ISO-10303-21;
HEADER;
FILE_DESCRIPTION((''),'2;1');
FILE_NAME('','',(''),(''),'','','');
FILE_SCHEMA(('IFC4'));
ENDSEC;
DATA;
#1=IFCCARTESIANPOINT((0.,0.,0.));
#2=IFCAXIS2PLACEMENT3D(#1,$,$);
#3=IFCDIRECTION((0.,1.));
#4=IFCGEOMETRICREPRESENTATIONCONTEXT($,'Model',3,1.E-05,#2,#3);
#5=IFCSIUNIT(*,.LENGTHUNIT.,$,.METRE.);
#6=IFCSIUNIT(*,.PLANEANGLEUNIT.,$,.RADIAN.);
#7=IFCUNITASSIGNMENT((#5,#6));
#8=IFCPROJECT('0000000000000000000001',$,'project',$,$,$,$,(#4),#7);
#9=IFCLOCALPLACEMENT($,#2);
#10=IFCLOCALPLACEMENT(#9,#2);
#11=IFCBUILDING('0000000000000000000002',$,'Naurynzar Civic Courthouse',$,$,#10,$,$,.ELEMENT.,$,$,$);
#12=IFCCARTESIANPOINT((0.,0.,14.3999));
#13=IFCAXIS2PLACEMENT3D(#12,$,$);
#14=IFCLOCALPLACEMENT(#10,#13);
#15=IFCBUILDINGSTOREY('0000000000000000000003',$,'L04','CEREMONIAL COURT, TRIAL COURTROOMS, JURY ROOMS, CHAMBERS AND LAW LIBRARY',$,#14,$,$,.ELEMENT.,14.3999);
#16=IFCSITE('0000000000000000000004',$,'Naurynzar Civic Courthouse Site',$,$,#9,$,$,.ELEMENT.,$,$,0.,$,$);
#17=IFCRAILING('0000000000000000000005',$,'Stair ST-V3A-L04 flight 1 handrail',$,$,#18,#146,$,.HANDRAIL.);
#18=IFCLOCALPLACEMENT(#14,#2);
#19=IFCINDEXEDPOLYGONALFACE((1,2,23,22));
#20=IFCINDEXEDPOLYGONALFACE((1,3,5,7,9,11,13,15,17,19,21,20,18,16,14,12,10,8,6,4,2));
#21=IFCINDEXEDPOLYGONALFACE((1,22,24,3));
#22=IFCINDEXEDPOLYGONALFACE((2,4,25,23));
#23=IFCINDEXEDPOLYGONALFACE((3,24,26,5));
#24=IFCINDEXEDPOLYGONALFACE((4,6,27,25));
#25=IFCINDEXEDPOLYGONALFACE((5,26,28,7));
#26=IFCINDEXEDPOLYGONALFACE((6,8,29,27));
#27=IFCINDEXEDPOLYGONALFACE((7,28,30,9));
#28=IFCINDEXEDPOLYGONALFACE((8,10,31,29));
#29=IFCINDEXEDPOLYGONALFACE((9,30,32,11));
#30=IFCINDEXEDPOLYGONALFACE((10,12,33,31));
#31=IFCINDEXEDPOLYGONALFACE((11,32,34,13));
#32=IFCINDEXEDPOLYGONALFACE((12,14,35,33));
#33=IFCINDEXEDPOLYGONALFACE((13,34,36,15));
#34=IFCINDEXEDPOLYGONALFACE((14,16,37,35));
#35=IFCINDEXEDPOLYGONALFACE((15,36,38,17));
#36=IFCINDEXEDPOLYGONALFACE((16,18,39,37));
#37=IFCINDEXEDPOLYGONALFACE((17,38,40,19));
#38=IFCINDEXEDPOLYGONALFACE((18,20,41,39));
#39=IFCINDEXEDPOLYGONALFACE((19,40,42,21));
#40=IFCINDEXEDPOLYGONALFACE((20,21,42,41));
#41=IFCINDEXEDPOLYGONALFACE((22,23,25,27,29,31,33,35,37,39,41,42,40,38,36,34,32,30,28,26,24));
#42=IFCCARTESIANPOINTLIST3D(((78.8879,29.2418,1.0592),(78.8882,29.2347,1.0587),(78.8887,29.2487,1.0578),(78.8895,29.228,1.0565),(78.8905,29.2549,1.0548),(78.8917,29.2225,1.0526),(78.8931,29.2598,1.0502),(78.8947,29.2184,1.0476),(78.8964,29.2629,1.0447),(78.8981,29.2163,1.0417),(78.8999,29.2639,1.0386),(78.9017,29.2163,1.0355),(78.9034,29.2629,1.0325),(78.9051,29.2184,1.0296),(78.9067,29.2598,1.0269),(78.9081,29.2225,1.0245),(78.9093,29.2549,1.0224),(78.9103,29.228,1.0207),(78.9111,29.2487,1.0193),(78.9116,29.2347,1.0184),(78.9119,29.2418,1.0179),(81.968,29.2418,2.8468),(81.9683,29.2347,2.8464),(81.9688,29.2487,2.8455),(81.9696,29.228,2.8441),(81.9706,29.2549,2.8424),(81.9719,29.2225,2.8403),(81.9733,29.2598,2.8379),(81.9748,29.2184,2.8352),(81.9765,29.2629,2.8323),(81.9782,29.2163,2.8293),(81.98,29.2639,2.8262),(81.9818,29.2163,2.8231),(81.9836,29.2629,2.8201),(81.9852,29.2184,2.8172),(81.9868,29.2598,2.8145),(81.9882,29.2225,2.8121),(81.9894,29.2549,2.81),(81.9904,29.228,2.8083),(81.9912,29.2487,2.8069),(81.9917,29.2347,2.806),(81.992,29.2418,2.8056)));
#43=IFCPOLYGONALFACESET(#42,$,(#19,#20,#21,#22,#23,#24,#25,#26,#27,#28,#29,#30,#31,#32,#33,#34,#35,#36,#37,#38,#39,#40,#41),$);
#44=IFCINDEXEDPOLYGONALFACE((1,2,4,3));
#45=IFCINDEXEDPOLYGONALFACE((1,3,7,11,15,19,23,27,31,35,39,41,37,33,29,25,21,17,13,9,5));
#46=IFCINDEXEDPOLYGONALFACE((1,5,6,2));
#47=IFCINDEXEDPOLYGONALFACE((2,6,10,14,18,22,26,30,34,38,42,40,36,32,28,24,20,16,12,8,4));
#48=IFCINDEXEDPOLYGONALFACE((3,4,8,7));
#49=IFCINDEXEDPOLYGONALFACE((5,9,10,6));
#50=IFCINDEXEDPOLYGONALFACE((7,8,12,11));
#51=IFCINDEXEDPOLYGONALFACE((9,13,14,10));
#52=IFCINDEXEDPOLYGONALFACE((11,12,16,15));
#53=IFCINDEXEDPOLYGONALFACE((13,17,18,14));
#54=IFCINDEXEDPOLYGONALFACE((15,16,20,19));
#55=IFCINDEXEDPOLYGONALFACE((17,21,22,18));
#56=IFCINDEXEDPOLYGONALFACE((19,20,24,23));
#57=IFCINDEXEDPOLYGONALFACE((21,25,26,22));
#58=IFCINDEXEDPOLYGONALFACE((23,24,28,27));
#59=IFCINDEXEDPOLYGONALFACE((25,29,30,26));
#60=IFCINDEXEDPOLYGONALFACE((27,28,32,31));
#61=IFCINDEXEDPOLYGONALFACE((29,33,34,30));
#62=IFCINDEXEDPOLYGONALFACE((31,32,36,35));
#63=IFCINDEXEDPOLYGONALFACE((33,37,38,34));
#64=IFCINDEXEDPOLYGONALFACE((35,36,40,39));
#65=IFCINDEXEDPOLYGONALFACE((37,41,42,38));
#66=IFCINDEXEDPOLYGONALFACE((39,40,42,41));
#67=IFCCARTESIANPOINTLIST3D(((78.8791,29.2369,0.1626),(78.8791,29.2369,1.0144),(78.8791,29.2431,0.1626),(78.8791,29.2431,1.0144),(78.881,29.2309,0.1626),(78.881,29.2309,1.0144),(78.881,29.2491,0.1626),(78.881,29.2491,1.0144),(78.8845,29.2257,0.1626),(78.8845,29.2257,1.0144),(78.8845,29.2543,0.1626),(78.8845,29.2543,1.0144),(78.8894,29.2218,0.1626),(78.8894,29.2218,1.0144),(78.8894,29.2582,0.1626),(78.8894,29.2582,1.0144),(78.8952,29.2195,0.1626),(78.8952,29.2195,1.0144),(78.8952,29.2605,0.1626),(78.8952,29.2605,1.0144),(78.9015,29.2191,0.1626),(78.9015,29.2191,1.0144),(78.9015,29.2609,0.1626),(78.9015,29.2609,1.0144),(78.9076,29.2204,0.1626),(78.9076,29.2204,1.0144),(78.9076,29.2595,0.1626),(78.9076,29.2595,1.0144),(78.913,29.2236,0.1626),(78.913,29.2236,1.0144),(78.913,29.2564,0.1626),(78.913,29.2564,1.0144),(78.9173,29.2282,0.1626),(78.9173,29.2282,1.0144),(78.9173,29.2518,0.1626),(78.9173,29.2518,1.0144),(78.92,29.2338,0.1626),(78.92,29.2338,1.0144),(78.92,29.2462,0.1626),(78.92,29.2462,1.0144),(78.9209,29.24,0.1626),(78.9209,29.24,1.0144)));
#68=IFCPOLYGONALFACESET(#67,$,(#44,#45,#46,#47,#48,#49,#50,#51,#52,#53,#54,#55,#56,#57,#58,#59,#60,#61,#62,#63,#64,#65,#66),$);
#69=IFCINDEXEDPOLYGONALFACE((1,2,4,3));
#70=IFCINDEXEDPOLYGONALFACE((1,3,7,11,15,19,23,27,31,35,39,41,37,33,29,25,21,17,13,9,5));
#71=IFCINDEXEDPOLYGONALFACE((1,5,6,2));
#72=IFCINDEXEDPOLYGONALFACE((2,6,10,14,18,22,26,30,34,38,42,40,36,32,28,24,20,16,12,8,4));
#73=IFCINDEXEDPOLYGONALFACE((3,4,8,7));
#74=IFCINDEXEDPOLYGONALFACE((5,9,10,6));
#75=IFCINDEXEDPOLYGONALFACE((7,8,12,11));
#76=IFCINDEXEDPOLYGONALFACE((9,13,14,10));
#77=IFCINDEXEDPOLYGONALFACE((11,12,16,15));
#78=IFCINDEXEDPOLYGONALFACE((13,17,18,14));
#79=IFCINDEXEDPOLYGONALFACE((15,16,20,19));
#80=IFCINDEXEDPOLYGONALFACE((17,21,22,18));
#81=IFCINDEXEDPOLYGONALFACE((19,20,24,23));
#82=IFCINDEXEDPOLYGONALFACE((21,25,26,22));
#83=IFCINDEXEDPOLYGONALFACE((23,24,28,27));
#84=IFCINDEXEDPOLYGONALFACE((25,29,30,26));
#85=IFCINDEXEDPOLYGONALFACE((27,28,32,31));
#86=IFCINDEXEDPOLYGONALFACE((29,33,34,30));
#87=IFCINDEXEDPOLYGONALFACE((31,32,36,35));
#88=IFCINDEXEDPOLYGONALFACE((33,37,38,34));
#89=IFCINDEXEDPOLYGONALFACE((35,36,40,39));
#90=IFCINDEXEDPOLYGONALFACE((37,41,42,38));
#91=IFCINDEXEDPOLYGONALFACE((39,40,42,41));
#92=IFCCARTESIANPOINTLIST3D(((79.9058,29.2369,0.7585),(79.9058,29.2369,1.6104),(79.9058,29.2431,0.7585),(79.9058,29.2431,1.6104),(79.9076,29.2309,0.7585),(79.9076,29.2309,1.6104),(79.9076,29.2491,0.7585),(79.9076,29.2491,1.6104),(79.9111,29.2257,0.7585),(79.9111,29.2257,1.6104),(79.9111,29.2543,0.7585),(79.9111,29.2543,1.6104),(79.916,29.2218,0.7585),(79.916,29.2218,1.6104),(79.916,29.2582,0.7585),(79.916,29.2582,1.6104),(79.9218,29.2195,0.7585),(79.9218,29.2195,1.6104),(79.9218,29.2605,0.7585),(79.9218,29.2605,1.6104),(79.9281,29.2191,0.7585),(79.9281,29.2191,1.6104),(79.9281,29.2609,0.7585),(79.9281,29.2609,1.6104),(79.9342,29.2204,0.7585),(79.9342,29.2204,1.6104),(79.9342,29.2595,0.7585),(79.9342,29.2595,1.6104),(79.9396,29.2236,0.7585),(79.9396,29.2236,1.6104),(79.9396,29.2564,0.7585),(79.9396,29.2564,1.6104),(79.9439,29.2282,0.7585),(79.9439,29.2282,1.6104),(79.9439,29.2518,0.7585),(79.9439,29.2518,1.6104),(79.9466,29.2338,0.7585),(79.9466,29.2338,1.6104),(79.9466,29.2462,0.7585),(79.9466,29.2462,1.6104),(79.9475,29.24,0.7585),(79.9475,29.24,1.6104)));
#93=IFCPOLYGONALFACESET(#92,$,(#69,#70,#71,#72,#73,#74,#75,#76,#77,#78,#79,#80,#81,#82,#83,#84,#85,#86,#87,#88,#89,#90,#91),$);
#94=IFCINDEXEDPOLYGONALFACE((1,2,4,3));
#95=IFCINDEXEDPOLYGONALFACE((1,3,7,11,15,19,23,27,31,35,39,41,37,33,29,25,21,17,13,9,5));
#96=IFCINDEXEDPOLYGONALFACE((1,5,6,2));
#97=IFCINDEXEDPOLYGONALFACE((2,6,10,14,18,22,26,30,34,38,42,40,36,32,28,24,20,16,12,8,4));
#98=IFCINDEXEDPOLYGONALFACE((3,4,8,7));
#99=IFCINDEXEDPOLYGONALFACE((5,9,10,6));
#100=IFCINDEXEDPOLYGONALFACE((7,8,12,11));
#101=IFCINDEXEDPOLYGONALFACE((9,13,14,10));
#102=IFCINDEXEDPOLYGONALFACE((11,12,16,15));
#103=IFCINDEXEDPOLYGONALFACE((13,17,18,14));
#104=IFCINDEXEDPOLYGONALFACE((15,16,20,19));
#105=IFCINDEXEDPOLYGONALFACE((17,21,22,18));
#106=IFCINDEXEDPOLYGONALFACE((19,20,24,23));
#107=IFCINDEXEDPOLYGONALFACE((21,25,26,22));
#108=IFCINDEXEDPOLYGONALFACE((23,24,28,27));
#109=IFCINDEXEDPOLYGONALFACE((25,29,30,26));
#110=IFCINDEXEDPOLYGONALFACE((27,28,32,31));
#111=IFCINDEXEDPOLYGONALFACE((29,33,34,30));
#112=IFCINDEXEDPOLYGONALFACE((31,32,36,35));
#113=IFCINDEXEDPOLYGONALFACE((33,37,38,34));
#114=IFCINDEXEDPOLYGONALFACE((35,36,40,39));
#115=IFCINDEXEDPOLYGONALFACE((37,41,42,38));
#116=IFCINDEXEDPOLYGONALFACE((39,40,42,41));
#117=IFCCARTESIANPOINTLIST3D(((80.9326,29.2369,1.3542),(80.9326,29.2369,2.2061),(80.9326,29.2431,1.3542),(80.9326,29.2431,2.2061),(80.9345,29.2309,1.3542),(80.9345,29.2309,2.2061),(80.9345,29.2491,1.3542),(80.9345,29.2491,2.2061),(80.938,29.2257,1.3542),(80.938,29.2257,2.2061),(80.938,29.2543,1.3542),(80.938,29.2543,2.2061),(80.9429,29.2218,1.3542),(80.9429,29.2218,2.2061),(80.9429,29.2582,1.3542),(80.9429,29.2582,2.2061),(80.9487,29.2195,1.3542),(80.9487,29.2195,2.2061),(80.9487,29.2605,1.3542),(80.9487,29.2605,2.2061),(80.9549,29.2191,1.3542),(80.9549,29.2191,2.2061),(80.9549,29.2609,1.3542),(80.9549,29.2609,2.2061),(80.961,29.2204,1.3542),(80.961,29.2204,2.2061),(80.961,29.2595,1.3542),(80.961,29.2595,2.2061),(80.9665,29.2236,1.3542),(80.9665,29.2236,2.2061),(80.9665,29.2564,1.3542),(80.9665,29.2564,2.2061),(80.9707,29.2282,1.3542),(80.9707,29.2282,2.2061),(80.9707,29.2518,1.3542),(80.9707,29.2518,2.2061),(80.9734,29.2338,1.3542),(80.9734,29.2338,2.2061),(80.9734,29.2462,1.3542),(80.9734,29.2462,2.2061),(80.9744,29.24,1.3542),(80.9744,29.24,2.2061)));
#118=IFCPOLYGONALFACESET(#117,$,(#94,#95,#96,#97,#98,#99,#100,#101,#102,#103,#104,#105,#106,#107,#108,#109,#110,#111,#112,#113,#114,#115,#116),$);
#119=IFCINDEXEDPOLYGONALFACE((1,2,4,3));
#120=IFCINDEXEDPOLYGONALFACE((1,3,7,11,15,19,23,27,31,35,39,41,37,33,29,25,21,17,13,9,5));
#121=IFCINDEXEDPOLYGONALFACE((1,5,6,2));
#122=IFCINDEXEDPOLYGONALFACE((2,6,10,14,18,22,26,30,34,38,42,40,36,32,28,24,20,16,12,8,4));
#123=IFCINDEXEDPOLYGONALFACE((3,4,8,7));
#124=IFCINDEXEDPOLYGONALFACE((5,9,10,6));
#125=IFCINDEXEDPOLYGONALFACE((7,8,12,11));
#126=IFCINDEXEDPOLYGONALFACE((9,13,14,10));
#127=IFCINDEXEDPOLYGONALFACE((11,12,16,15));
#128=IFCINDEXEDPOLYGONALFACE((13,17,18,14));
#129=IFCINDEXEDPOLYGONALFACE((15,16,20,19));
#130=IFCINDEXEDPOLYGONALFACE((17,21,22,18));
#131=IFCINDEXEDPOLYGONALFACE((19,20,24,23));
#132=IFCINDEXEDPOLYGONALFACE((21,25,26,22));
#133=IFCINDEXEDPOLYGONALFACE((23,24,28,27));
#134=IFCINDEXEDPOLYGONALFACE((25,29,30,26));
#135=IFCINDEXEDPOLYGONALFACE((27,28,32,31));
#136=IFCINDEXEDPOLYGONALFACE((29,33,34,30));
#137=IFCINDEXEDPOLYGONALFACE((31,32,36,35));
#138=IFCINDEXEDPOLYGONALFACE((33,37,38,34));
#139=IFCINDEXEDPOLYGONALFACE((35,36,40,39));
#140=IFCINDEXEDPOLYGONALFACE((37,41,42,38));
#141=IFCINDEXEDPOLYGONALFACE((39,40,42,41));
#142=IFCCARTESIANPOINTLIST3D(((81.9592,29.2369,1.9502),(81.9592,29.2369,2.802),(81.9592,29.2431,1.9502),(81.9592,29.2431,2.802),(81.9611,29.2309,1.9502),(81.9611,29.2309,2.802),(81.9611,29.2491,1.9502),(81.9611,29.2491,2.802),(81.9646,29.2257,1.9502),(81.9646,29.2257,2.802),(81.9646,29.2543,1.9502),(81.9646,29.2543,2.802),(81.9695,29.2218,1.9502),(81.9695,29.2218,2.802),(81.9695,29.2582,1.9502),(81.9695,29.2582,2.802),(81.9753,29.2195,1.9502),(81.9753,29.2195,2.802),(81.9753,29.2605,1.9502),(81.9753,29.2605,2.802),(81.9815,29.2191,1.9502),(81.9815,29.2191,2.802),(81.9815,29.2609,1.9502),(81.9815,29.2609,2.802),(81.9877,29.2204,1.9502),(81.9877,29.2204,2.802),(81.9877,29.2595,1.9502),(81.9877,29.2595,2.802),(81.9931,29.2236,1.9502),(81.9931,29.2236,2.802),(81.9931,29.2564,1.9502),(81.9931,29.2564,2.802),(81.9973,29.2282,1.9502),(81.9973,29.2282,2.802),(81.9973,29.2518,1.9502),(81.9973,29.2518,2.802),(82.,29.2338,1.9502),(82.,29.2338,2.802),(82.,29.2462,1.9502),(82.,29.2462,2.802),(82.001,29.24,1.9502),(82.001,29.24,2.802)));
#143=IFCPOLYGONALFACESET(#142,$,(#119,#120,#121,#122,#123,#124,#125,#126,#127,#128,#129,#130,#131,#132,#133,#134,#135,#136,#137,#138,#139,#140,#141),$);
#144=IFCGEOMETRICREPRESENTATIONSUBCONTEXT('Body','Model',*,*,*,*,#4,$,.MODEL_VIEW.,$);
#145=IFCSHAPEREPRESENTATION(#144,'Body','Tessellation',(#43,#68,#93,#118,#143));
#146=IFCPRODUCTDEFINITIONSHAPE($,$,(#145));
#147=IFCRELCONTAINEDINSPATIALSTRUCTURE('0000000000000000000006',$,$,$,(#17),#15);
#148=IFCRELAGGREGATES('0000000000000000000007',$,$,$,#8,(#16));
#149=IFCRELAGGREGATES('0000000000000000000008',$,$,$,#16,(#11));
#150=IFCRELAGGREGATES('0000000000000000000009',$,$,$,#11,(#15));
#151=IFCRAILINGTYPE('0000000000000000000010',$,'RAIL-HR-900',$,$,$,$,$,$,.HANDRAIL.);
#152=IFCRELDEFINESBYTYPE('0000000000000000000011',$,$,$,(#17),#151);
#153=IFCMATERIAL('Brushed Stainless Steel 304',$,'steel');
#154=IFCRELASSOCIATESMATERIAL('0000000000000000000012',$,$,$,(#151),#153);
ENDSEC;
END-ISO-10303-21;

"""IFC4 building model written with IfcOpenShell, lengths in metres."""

from ifc_helpers import new_model, si_unit, direction, frame, origin, origin_2d, place, context, subcontext, project, spatial, circle, extrude, material, type_object, element, save


model = new_model("IFC4")

# Units and contexts
model_context = context("Model", 3, precision=1e-05, world=origin(), true_north=direction((0.0, 1.0)))
body_context = subcontext(model_context, "Body", "Model", "MODEL_VIEW")
ifc_project = project(units=[si_unit("LENGTHUNIT", "METRE"), si_unit("PLANEANGLEUNIT", "RADIAN")], contexts=[model_context])

# Site, building, storey
site_placement = place(None, origin())
site = spatial("IfcSite", under=ifc_project, at=site_placement, Name="Naurynzar Civic Courthouse Site", CompositionType="ELEMENT", RefElevation=0.0)
building_placement = place(site_placement, origin())
building = spatial("IfcBuilding", under=site, at=building_placement, Name="Naurynzar Civic Courthouse", CompositionType="ELEMENT")
storey_placement = place(building_placement, frame((0.0, 0.0, 14.3999)))
storey = spatial("IfcBuildingStorey", under=building, at=storey_placement, Name="L04", Description="CEREMONIAL COURT, TRIAL COURTROOMS, JURY ROOMS, CHAMBERS AND LAW LIBRARY", CompositionType="ELEMENT", Elevation=14.3999)

# Railing
ifc_material_1 = material(Name="Brushed Stainless Steel 304", Category="steel")
railing_type_1 = type_object("IfcRailingType", Name="RAIL-HR-900", PredefinedType="HANDRAIL", material=ifc_material_1)
railing_1_placement = place(storey_placement, frame((78.8999, 29.24, 0.1626)))
element("IfcRailing", 1, at=railing_1_placement, inside=storey, type_object=railing_type_1, Name="Stair ST-V3A-L04 flight 1 handrail", PredefinedType="HANDRAIL", context=body_context, shape_type="SweptSolid", body=[
    extrude(circle(Radius=0.0239, at=origin_2d()), frame((0.0, 0.0, 0.876), z_axis=(0.864891, 0.0, 0.50196), x_axis=(0.0, 1.0, 0.0)), (0.0, 0.0, 1.0), 3.5613),
    extrude(circle(Radius=0.021, at=origin_2d()), origin(), (0.0, 0.0, 1.0), 0.8518),
    extrude(circle(Radius=0.021, at=origin_2d()), frame((1.0266, 0.0, 0.5959)), (0.0, 0.0, 1.0), 0.8518),
    extrude(circle(Radius=0.021, at=origin_2d()), frame((2.0535, 0.0, 1.1917)), (0.0, 0.0, 1.0), 0.8518),
    extrude(circle(Radius=0.021, at=origin_2d()), frame((3.0801, 0.0, 1.7876)), (0.0, 0.0, 1.0), 0.8518),
])

save(model, "model.ifc")
